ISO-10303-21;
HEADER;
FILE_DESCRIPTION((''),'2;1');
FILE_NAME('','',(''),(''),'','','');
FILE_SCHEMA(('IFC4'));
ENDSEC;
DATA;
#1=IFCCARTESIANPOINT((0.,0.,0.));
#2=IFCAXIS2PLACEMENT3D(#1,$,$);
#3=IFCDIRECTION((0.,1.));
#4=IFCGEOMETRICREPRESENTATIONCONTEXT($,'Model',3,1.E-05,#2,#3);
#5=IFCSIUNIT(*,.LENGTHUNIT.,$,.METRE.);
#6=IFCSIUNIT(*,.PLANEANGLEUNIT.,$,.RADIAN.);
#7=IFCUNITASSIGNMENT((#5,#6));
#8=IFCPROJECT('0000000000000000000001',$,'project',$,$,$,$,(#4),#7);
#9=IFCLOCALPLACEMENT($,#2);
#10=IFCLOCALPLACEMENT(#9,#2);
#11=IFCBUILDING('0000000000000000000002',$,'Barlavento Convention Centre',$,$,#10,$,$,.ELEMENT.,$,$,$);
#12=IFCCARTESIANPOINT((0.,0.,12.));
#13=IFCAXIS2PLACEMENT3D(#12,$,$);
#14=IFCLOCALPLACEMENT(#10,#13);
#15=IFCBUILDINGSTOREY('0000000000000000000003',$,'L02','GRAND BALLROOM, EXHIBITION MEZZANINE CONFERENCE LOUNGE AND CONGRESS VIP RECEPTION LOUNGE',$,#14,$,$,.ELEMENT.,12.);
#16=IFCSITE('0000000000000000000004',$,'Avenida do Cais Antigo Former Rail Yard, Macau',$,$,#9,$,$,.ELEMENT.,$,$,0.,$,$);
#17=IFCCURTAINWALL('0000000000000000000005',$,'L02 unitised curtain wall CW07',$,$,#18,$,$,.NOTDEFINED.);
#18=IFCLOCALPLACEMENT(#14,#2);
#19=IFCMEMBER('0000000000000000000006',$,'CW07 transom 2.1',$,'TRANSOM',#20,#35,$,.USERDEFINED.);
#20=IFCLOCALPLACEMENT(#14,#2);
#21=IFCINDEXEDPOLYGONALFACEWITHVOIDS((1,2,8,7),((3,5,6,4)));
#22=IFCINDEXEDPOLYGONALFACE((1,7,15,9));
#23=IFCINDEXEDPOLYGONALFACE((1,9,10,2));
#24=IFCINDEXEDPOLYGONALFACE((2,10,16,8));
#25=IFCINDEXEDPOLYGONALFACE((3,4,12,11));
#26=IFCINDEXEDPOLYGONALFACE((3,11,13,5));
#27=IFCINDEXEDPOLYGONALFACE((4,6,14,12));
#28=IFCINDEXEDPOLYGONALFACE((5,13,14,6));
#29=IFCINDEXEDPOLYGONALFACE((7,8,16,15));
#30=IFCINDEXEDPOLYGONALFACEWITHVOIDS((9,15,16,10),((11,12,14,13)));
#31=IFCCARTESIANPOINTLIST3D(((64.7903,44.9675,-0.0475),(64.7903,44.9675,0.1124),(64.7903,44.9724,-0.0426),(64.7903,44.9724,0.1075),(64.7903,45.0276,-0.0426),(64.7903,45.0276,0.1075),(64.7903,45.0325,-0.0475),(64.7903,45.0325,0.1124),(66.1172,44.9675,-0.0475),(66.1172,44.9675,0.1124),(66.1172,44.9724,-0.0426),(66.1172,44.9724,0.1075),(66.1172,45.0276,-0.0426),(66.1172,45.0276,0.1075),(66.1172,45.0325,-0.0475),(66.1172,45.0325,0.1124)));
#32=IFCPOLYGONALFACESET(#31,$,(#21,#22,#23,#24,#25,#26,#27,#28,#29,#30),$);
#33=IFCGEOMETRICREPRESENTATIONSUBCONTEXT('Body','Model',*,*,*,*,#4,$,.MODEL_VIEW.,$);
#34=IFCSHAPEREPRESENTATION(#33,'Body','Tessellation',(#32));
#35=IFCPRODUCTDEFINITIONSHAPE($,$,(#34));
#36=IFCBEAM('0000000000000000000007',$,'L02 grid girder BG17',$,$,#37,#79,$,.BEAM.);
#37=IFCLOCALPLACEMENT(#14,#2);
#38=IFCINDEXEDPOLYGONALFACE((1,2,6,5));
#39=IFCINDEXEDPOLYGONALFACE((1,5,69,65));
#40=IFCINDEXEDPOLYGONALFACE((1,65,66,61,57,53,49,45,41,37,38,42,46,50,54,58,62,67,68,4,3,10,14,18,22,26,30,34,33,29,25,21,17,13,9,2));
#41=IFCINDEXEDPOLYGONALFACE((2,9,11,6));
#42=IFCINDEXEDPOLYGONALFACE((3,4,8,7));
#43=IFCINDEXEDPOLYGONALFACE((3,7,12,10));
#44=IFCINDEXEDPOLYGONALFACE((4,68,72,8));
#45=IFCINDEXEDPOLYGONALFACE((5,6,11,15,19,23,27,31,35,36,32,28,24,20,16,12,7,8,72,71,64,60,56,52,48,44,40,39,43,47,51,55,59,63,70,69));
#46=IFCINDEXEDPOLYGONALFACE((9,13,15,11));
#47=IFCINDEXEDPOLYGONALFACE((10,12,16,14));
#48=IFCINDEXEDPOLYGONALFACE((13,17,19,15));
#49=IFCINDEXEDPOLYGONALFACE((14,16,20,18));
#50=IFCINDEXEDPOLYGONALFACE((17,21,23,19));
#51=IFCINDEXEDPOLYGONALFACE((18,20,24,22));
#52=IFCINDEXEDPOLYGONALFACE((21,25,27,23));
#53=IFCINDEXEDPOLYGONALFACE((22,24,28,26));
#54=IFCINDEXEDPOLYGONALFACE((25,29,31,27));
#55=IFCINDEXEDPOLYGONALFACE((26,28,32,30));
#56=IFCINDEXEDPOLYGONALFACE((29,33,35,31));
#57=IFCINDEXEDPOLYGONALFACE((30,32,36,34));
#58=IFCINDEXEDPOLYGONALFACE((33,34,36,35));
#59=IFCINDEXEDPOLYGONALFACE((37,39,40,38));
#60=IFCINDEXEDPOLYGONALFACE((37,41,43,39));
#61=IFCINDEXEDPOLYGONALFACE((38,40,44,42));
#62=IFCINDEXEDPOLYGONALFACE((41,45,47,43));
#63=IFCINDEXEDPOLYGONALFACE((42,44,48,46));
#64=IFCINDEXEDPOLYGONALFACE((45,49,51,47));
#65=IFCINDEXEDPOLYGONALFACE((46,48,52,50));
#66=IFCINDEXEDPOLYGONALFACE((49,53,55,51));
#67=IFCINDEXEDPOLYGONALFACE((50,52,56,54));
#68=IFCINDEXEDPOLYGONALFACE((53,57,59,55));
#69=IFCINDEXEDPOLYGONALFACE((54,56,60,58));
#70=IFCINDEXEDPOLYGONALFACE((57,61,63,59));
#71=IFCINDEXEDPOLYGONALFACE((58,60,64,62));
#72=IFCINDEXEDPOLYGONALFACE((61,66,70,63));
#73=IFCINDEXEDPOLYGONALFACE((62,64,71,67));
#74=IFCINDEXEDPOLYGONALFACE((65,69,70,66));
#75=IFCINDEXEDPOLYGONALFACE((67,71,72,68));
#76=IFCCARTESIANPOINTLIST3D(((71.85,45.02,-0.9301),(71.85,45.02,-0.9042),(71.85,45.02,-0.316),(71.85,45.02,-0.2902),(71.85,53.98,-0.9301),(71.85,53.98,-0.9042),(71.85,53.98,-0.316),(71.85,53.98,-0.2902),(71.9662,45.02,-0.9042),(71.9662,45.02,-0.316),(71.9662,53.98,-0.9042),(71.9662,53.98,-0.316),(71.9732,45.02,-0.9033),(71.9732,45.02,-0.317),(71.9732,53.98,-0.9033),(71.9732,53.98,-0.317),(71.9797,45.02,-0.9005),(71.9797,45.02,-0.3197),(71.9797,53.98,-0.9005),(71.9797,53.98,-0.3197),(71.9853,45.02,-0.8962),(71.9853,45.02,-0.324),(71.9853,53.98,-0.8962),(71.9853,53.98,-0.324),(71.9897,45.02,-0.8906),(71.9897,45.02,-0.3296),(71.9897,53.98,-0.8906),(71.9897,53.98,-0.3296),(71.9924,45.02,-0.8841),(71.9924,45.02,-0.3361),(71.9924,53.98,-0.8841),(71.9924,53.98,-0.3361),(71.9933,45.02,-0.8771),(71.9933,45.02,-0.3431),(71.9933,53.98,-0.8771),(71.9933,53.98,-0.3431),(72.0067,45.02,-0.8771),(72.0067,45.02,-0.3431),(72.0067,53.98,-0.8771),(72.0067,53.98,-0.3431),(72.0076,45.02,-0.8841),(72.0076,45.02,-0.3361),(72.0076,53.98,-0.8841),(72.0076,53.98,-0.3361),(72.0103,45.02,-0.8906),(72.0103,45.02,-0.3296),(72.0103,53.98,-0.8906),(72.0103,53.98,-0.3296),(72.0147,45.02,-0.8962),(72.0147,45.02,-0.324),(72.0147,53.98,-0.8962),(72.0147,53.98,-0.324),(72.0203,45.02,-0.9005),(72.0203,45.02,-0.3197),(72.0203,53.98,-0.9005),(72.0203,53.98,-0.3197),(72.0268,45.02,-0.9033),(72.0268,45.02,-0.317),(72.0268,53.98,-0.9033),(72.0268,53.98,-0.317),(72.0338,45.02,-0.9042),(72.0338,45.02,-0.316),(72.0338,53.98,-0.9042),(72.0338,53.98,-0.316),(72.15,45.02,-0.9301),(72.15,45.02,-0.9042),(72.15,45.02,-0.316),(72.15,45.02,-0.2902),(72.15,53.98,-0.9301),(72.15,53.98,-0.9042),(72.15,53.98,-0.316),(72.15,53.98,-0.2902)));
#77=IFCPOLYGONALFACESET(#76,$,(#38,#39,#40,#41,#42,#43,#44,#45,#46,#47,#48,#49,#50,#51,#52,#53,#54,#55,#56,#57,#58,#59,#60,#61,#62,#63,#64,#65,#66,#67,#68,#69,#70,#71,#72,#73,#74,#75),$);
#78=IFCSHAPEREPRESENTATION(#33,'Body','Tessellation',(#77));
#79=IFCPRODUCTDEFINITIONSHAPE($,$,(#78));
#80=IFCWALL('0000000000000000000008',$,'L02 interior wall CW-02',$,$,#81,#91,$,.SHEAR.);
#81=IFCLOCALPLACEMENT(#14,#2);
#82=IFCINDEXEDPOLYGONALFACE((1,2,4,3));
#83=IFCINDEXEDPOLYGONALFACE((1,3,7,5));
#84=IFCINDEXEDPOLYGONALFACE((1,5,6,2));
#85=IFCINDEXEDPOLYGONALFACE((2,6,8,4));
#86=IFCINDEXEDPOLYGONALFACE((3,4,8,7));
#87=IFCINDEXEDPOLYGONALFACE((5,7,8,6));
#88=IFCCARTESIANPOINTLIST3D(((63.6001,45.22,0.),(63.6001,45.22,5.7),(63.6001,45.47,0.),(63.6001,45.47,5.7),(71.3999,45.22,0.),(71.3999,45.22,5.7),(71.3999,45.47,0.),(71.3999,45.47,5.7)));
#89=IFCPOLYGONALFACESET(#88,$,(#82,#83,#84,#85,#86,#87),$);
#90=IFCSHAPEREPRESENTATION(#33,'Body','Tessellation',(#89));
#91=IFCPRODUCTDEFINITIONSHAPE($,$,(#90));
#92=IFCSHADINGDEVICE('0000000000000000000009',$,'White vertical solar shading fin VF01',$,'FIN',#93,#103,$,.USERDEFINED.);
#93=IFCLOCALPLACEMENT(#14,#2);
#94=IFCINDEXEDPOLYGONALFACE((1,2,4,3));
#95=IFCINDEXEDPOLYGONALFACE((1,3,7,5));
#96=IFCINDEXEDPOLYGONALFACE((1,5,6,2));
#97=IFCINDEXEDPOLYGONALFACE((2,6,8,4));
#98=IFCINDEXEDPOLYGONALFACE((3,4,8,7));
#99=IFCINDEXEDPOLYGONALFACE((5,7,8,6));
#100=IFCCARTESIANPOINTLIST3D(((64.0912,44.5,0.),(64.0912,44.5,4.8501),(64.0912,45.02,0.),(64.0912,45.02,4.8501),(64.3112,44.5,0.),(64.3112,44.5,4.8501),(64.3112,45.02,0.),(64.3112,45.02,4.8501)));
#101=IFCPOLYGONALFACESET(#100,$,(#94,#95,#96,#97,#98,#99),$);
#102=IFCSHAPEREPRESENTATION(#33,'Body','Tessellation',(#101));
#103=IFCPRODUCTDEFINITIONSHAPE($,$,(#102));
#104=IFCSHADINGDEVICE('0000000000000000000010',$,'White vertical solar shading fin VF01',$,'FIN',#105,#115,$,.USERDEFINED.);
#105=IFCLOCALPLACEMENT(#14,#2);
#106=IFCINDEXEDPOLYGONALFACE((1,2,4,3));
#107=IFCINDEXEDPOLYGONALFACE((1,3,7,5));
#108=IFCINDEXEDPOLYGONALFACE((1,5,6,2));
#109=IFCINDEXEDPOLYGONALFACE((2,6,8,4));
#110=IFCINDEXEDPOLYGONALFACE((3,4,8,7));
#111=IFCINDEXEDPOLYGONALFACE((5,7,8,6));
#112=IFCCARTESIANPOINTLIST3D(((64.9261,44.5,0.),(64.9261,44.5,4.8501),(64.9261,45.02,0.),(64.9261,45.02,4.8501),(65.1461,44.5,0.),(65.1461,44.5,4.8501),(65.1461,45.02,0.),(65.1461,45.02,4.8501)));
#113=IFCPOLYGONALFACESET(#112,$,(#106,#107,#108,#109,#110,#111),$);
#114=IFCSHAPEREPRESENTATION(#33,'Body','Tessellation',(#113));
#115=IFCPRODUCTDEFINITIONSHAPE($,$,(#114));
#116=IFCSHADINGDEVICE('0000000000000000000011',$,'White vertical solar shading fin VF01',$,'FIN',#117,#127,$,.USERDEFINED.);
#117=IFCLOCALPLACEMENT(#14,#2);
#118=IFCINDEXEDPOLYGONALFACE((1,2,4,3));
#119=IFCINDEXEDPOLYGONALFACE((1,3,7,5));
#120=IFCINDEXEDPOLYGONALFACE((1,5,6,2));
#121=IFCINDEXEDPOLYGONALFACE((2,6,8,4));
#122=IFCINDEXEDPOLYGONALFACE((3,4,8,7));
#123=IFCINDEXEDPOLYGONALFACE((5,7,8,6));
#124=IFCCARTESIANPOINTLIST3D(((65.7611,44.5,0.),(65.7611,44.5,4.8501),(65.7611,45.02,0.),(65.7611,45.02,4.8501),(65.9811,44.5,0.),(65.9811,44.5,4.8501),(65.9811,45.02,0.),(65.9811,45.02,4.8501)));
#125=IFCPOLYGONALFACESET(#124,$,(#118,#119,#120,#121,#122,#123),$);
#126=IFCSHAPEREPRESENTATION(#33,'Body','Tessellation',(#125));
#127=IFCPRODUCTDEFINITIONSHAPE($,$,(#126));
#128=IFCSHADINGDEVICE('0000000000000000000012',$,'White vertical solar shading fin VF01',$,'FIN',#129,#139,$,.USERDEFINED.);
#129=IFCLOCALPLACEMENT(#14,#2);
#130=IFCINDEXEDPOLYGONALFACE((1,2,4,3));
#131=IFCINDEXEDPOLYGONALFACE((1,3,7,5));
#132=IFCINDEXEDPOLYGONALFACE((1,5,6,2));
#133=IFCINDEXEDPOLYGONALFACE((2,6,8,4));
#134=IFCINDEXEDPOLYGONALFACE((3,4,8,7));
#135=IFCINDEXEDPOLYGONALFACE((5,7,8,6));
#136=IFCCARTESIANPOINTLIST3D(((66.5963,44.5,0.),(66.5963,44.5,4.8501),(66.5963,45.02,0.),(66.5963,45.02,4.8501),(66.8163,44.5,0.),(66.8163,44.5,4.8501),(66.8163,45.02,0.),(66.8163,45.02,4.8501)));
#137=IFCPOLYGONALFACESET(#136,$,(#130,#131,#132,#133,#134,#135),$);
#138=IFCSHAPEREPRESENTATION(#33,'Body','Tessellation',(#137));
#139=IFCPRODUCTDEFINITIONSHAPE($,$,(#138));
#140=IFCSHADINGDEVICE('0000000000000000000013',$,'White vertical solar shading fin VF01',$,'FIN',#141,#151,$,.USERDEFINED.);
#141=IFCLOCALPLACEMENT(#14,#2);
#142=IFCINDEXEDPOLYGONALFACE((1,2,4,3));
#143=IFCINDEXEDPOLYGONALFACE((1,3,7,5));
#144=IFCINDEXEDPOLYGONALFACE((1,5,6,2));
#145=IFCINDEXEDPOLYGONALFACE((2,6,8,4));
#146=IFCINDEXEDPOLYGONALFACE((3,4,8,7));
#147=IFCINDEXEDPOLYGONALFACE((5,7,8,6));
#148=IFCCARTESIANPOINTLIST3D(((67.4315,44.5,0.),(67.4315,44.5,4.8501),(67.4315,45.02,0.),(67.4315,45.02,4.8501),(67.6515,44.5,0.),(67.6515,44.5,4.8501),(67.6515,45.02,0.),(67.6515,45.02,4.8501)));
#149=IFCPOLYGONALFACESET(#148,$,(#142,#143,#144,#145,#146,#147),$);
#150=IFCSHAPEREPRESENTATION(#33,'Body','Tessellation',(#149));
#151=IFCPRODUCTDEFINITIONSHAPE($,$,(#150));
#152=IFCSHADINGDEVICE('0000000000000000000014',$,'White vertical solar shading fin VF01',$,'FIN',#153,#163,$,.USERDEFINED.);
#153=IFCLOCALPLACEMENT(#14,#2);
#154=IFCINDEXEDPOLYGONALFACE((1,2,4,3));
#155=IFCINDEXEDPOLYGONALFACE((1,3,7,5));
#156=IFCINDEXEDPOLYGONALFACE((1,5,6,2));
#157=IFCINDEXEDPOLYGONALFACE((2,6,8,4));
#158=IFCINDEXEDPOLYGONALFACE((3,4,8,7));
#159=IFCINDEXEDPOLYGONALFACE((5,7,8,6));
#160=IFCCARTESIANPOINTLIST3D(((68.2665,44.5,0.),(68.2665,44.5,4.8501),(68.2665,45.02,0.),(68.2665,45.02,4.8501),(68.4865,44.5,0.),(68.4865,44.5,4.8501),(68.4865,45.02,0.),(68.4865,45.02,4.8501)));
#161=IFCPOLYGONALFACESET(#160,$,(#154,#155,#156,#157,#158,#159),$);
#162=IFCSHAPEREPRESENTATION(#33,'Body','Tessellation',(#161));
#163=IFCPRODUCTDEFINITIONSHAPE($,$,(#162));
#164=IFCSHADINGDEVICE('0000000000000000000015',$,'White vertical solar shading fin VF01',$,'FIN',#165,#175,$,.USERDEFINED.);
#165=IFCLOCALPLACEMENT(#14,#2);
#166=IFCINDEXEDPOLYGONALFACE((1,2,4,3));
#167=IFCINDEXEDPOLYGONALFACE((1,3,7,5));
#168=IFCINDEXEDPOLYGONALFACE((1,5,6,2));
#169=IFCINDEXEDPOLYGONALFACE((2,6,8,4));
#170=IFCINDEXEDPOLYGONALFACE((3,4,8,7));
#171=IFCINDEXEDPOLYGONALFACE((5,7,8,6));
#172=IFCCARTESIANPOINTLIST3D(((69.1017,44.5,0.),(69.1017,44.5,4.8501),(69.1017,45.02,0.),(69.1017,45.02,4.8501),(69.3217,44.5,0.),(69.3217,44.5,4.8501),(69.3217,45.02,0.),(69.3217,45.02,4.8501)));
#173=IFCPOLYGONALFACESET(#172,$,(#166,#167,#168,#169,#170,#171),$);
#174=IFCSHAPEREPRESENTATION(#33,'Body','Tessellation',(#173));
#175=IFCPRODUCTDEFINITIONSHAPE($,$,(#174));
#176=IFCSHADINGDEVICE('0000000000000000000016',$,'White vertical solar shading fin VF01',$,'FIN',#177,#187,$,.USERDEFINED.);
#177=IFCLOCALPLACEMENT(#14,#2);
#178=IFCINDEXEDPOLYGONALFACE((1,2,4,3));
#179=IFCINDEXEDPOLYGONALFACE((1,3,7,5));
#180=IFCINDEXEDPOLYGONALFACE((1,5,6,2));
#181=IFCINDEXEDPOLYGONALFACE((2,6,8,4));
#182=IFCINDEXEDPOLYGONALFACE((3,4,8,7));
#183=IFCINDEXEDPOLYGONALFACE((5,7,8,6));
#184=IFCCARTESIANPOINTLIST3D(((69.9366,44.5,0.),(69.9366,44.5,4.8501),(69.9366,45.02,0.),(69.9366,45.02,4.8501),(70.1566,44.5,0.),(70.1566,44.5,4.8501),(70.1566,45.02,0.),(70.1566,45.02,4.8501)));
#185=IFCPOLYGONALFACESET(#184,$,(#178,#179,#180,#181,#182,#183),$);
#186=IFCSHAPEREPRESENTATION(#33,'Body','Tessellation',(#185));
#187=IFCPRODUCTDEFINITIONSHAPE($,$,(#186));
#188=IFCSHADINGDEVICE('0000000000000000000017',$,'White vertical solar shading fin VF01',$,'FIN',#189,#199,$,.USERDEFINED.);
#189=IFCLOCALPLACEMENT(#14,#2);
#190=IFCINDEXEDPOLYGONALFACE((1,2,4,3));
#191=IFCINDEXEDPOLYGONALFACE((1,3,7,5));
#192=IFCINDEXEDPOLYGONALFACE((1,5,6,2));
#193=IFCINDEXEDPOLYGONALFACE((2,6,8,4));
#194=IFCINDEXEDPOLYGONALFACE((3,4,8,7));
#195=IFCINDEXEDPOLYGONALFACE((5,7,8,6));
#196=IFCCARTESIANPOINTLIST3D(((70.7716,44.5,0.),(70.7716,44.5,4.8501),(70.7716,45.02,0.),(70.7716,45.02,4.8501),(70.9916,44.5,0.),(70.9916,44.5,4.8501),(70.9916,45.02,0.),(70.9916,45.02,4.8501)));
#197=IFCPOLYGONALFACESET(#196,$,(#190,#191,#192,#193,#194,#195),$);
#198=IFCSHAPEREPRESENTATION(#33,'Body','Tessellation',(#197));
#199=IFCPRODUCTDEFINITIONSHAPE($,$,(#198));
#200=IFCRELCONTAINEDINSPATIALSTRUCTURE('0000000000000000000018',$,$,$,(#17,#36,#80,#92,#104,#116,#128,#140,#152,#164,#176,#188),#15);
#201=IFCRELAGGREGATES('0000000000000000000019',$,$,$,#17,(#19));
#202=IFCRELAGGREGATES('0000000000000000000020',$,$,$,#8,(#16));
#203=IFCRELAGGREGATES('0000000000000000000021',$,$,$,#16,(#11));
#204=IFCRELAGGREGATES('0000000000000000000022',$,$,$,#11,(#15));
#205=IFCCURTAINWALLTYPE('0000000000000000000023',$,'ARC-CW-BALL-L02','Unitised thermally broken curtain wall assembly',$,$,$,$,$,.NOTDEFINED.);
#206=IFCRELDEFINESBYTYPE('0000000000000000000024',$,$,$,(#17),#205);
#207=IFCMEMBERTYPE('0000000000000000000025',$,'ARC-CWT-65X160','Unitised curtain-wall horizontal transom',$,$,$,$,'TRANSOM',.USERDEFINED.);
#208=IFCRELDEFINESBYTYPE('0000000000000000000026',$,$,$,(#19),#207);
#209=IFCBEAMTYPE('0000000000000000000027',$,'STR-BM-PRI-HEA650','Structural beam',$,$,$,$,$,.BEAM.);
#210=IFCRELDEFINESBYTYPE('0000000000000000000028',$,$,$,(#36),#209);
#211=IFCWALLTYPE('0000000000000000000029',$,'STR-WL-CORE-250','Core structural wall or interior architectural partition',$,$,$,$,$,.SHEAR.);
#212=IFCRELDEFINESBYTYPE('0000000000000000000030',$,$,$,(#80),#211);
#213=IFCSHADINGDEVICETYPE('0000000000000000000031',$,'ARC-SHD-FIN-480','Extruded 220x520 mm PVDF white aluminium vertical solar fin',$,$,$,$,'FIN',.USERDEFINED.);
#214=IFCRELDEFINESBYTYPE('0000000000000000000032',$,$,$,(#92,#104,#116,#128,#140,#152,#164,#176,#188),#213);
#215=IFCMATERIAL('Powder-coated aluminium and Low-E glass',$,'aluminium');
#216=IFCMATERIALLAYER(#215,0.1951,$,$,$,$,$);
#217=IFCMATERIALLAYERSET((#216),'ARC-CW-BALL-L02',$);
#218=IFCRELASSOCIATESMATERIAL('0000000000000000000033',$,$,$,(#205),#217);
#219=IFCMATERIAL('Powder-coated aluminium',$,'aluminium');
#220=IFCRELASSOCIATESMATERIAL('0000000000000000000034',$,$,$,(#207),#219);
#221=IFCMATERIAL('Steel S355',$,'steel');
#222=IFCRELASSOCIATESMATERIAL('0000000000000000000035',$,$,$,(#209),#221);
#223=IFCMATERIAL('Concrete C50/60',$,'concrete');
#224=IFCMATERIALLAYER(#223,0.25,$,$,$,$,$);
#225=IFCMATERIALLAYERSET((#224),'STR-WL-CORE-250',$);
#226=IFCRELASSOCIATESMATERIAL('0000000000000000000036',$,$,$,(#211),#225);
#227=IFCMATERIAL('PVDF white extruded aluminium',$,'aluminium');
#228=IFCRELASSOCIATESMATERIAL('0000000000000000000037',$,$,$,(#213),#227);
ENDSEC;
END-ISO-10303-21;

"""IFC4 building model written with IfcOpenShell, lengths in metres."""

from ifc_helpers import new_model, si_unit, direction, frame, frame_2d, origin, origin_2d, place, context, subcontext, project, spatial, rectangle, hollow_rectangle, i_section, extrude, material, layer, layer_set, material_profile, profile_set, type_object, element, aggregate, save


model = new_model("IFC4")

# Units and contexts
model_context = context("Model", 3, precision=1e-05, world=origin(), true_north=direction((0.0, 1.0)))
body_context = subcontext(model_context, "Body", "Model", "MODEL_VIEW")
ifc_project = project(units=[si_unit("LENGTHUNIT", "METRE"), si_unit("PLANEANGLEUNIT", "RADIAN")], contexts=[model_context])

# Site, building, storey
site_placement = place(None, origin())
site = spatial("IfcSite", under=ifc_project, at=site_placement, Name="Avenida do Cais Antigo Former Rail Yard, Macau", CompositionType="ELEMENT", RefElevation=0.0)
building_placement = place(site_placement, origin())
building = spatial("IfcBuilding", under=site, at=building_placement, Name="Barlavento Convention Centre", CompositionType="ELEMENT")
storey_placement = place(building_placement, frame((0.0, 0.0, 12.0)))
storey = spatial("IfcBuildingStorey", under=building, at=storey_placement, Name="L02", Description="GRAND BALLROOM, EXHIBITION MEZZANINE CONFERENCE LOUNGE AND CONGRESS VIP RECEPTION LOUNGE", CompositionType="ELEMENT", Elevation=12.0)

# Shared definitions
ifc_material_1 = material(Name="Steel S355", Category="steel")

# Curtain wall, member
ifc_material_2 = material(Name="Powder-coated aluminium and Low-E glass", Category="aluminium")
ifc_layer_1 = layer(ifc_material_2, 0.1951)
ifc_layer_set_1 = layer_set([ifc_layer_1], Name="ARC-CW-BALL-L02")
curtain_wall_type = type_object("IfcCurtainWallType", Name="ARC-CW-BALL-L02", Description="Unitised thermally broken curtain wall assembly", PredefinedType="NOTDEFINED", material=ifc_layer_set_1)
curtain_wall_placement = place(storey_placement, origin())
curtain_wall = element("IfcCurtainWall", 1, at=curtain_wall_placement, inside=storey, type_object=curtain_wall_type, Name="L02 unitised curtain wall CW07", PredefinedType="NOTDEFINED")
ifc_material_3 = material(Name="Powder-coated aluminium", Category="aluminium")
ifc_material_profile_1 = material_profile(ifc_material_3, hollow_rectangle(XDim=0.0649, YDim=0.1599, WallThickness=0.0049, at=origin_2d()), Name="AL-TRAN 65x160x5")
ifc_profile_set_1 = profile_set([ifc_material_profile_1], Name="Powder-coated aluminium")
member_type_1 = type_object("IfcMemberType", Name="ARC-CWT-65X160", Description="Unitised curtain-wall horizontal transom", ElementType="TRANSOM", PredefinedType="USERDEFINED", material=ifc_profile_set_1)
member_1_placement = place(storey_placement, frame((64.7903, 45.0, 0.0325), z_axis=(1.0, 0.0, 0.0), x_axis=(0.0, 1.0, 0.0)))
member_1 = element("IfcMember", 2, at=member_1_placement, type_object=member_type_1, Name="CW07 transom 2.1", ObjectType="TRANSOM", PredefinedType="USERDEFINED", context=body_context, shape_type="SweptSolid", body=[
    extrude(hollow_rectangle(XDim=0.0649, YDim=0.1599, WallThickness=0.0049, at=origin_2d()), origin(), (0.0, 0.0, 1.0), 1.3269),
])
aggregate(curtain_wall, [member_1])

# Beam
ifc_material_profile_2 = material_profile(ifc_material_1, i_section(OverallWidth=0.3, OverallDepth=0.6399, WebThickness=0.0134, FlangeThickness=0.0259, FilletRadius=0.0271, at=origin_2d()), Name="HEA 650")
ifc_profile_set_2 = profile_set([ifc_material_profile_2], Name="Steel S355")
beam_type = type_object("IfcBeamType", Name="STR-BM-PRI-HEA650", Description="Structural beam", PredefinedType="BEAM", material=ifc_profile_set_2)
beam_placement = place(storey_placement, frame((72.0, 45.02, -0.6101), z_axis=(0.0, 1.0, 0.0), x_axis=(-1.0, 0.0, 0.0)))
element("IfcBeam", 3, at=beam_placement, inside=storey, type_object=beam_type, Name="L02 grid girder BG17", PredefinedType="BEAM", context=body_context, shape_type="SweptSolid", body=[
    extrude(i_section(OverallWidth=0.3, OverallDepth=0.6399, WebThickness=0.0134, FlangeThickness=0.0259, FilletRadius=0.0271, at=origin_2d()), origin(), (0.0, 0.0, 1.0), 8.96),
])

# Wall
ifc_material_4 = material(Name="Concrete C50/60", Category="concrete")
ifc_layer_2 = layer(ifc_material_4, 0.25)
ifc_layer_set_2 = layer_set([ifc_layer_2], Name="STR-WL-CORE-250")
wall_type = type_object("IfcWallType", Name="STR-WL-CORE-250", Description="Core structural wall or interior architectural partition", PredefinedType="SHEAR", material=ifc_layer_set_2)
wall_placement = place(storey_placement, frame((63.6001, 45.345, 0.0), z_axis=(0.0, 0.0, 1.0), x_axis=(1.0, 0.0, 0.0)))
element("IfcWall", 4, at=wall_placement, inside=storey, type_object=wall_type, Name="L02 interior wall CW-02", PredefinedType="SHEAR", context=body_context, shape_type="SweptSolid", body=[
    extrude(rectangle(XDim=7.7998, YDim=0.25, at=frame_2d((3.8999, 0.0))), origin(), (0.0, 0.0, 1.0), 5.7),
])

# Shading devices
ifc_material_5 = material(Name="PVDF white extruded aluminium", Category="aluminium")
shading_device_type = type_object("IfcShadingDeviceType", Name="ARC-SHD-FIN-480", Description="Extruded 220x520 mm PVDF white aluminium vertical solar fin", ElementType="FIN", PredefinedType="USERDEFINED", material=ifc_material_5)
for number, where, z_axis, x_axis, name in (
    (5, (64.2012, 44.76, 0.0), (0.0, 0.0, 1.0), (1.0, 0.0, 0.0), "White vertical solar shading fin VF01"),
    (6, (65.0361, 44.76, 0.0), (0.0, 0.0, 1.0), (1.0, 0.0, 0.0), "White vertical solar shading fin VF01"),
    (7, (65.8711, 44.76, 0.0), (0.0, 0.0, 1.0), (1.0, 0.0, 0.0), "White vertical solar shading fin VF01"),
    (8, (66.7063, 44.76, 0.0), (0.0, 0.0, 1.0), (1.0, 0.0, 0.0), "White vertical solar shading fin VF01"),
    (9, (67.5415, 44.76, 0.0), (0.0, 0.0, 1.0), (1.0, 0.0, 0.0), "White vertical solar shading fin VF01"),
    (10, (68.3765, 44.76, 0.0), (0.0, 0.0, 1.0), (1.0, 0.0, 0.0), "White vertical solar shading fin VF01"),
    (11, (69.2117, 44.76, 0.0), (0.0, 0.0, 1.0), (1.0, 0.0, 0.0), "White vertical solar shading fin VF01"),
    (12, (70.0466, 44.76, 0.0), (0.0, 0.0, 1.0), (1.0, 0.0, 0.0), "White vertical solar shading fin VF01"),
    (13, (70.8816, 44.76, 0.0), (0.0, 0.0, 1.0), (1.0, 0.0, 0.0), "White vertical solar shading fin VF01"),
):
    element("IfcShadingDevice", number, at=place(storey_placement, frame(where, z_axis=z_axis, x_axis=x_axis)), inside=storey, type_object=shading_device_type, Name=name, ObjectType="FIN", PredefinedType="USERDEFINED", context=body_context, shape_type="SweptSolid", body=[
        extrude(rectangle(XDim=0.22, YDim=0.52, at=origin_2d()), origin(), (0.0, 0.0, 1.0), 4.8501),
    ])

save(model, "model.ifc")
